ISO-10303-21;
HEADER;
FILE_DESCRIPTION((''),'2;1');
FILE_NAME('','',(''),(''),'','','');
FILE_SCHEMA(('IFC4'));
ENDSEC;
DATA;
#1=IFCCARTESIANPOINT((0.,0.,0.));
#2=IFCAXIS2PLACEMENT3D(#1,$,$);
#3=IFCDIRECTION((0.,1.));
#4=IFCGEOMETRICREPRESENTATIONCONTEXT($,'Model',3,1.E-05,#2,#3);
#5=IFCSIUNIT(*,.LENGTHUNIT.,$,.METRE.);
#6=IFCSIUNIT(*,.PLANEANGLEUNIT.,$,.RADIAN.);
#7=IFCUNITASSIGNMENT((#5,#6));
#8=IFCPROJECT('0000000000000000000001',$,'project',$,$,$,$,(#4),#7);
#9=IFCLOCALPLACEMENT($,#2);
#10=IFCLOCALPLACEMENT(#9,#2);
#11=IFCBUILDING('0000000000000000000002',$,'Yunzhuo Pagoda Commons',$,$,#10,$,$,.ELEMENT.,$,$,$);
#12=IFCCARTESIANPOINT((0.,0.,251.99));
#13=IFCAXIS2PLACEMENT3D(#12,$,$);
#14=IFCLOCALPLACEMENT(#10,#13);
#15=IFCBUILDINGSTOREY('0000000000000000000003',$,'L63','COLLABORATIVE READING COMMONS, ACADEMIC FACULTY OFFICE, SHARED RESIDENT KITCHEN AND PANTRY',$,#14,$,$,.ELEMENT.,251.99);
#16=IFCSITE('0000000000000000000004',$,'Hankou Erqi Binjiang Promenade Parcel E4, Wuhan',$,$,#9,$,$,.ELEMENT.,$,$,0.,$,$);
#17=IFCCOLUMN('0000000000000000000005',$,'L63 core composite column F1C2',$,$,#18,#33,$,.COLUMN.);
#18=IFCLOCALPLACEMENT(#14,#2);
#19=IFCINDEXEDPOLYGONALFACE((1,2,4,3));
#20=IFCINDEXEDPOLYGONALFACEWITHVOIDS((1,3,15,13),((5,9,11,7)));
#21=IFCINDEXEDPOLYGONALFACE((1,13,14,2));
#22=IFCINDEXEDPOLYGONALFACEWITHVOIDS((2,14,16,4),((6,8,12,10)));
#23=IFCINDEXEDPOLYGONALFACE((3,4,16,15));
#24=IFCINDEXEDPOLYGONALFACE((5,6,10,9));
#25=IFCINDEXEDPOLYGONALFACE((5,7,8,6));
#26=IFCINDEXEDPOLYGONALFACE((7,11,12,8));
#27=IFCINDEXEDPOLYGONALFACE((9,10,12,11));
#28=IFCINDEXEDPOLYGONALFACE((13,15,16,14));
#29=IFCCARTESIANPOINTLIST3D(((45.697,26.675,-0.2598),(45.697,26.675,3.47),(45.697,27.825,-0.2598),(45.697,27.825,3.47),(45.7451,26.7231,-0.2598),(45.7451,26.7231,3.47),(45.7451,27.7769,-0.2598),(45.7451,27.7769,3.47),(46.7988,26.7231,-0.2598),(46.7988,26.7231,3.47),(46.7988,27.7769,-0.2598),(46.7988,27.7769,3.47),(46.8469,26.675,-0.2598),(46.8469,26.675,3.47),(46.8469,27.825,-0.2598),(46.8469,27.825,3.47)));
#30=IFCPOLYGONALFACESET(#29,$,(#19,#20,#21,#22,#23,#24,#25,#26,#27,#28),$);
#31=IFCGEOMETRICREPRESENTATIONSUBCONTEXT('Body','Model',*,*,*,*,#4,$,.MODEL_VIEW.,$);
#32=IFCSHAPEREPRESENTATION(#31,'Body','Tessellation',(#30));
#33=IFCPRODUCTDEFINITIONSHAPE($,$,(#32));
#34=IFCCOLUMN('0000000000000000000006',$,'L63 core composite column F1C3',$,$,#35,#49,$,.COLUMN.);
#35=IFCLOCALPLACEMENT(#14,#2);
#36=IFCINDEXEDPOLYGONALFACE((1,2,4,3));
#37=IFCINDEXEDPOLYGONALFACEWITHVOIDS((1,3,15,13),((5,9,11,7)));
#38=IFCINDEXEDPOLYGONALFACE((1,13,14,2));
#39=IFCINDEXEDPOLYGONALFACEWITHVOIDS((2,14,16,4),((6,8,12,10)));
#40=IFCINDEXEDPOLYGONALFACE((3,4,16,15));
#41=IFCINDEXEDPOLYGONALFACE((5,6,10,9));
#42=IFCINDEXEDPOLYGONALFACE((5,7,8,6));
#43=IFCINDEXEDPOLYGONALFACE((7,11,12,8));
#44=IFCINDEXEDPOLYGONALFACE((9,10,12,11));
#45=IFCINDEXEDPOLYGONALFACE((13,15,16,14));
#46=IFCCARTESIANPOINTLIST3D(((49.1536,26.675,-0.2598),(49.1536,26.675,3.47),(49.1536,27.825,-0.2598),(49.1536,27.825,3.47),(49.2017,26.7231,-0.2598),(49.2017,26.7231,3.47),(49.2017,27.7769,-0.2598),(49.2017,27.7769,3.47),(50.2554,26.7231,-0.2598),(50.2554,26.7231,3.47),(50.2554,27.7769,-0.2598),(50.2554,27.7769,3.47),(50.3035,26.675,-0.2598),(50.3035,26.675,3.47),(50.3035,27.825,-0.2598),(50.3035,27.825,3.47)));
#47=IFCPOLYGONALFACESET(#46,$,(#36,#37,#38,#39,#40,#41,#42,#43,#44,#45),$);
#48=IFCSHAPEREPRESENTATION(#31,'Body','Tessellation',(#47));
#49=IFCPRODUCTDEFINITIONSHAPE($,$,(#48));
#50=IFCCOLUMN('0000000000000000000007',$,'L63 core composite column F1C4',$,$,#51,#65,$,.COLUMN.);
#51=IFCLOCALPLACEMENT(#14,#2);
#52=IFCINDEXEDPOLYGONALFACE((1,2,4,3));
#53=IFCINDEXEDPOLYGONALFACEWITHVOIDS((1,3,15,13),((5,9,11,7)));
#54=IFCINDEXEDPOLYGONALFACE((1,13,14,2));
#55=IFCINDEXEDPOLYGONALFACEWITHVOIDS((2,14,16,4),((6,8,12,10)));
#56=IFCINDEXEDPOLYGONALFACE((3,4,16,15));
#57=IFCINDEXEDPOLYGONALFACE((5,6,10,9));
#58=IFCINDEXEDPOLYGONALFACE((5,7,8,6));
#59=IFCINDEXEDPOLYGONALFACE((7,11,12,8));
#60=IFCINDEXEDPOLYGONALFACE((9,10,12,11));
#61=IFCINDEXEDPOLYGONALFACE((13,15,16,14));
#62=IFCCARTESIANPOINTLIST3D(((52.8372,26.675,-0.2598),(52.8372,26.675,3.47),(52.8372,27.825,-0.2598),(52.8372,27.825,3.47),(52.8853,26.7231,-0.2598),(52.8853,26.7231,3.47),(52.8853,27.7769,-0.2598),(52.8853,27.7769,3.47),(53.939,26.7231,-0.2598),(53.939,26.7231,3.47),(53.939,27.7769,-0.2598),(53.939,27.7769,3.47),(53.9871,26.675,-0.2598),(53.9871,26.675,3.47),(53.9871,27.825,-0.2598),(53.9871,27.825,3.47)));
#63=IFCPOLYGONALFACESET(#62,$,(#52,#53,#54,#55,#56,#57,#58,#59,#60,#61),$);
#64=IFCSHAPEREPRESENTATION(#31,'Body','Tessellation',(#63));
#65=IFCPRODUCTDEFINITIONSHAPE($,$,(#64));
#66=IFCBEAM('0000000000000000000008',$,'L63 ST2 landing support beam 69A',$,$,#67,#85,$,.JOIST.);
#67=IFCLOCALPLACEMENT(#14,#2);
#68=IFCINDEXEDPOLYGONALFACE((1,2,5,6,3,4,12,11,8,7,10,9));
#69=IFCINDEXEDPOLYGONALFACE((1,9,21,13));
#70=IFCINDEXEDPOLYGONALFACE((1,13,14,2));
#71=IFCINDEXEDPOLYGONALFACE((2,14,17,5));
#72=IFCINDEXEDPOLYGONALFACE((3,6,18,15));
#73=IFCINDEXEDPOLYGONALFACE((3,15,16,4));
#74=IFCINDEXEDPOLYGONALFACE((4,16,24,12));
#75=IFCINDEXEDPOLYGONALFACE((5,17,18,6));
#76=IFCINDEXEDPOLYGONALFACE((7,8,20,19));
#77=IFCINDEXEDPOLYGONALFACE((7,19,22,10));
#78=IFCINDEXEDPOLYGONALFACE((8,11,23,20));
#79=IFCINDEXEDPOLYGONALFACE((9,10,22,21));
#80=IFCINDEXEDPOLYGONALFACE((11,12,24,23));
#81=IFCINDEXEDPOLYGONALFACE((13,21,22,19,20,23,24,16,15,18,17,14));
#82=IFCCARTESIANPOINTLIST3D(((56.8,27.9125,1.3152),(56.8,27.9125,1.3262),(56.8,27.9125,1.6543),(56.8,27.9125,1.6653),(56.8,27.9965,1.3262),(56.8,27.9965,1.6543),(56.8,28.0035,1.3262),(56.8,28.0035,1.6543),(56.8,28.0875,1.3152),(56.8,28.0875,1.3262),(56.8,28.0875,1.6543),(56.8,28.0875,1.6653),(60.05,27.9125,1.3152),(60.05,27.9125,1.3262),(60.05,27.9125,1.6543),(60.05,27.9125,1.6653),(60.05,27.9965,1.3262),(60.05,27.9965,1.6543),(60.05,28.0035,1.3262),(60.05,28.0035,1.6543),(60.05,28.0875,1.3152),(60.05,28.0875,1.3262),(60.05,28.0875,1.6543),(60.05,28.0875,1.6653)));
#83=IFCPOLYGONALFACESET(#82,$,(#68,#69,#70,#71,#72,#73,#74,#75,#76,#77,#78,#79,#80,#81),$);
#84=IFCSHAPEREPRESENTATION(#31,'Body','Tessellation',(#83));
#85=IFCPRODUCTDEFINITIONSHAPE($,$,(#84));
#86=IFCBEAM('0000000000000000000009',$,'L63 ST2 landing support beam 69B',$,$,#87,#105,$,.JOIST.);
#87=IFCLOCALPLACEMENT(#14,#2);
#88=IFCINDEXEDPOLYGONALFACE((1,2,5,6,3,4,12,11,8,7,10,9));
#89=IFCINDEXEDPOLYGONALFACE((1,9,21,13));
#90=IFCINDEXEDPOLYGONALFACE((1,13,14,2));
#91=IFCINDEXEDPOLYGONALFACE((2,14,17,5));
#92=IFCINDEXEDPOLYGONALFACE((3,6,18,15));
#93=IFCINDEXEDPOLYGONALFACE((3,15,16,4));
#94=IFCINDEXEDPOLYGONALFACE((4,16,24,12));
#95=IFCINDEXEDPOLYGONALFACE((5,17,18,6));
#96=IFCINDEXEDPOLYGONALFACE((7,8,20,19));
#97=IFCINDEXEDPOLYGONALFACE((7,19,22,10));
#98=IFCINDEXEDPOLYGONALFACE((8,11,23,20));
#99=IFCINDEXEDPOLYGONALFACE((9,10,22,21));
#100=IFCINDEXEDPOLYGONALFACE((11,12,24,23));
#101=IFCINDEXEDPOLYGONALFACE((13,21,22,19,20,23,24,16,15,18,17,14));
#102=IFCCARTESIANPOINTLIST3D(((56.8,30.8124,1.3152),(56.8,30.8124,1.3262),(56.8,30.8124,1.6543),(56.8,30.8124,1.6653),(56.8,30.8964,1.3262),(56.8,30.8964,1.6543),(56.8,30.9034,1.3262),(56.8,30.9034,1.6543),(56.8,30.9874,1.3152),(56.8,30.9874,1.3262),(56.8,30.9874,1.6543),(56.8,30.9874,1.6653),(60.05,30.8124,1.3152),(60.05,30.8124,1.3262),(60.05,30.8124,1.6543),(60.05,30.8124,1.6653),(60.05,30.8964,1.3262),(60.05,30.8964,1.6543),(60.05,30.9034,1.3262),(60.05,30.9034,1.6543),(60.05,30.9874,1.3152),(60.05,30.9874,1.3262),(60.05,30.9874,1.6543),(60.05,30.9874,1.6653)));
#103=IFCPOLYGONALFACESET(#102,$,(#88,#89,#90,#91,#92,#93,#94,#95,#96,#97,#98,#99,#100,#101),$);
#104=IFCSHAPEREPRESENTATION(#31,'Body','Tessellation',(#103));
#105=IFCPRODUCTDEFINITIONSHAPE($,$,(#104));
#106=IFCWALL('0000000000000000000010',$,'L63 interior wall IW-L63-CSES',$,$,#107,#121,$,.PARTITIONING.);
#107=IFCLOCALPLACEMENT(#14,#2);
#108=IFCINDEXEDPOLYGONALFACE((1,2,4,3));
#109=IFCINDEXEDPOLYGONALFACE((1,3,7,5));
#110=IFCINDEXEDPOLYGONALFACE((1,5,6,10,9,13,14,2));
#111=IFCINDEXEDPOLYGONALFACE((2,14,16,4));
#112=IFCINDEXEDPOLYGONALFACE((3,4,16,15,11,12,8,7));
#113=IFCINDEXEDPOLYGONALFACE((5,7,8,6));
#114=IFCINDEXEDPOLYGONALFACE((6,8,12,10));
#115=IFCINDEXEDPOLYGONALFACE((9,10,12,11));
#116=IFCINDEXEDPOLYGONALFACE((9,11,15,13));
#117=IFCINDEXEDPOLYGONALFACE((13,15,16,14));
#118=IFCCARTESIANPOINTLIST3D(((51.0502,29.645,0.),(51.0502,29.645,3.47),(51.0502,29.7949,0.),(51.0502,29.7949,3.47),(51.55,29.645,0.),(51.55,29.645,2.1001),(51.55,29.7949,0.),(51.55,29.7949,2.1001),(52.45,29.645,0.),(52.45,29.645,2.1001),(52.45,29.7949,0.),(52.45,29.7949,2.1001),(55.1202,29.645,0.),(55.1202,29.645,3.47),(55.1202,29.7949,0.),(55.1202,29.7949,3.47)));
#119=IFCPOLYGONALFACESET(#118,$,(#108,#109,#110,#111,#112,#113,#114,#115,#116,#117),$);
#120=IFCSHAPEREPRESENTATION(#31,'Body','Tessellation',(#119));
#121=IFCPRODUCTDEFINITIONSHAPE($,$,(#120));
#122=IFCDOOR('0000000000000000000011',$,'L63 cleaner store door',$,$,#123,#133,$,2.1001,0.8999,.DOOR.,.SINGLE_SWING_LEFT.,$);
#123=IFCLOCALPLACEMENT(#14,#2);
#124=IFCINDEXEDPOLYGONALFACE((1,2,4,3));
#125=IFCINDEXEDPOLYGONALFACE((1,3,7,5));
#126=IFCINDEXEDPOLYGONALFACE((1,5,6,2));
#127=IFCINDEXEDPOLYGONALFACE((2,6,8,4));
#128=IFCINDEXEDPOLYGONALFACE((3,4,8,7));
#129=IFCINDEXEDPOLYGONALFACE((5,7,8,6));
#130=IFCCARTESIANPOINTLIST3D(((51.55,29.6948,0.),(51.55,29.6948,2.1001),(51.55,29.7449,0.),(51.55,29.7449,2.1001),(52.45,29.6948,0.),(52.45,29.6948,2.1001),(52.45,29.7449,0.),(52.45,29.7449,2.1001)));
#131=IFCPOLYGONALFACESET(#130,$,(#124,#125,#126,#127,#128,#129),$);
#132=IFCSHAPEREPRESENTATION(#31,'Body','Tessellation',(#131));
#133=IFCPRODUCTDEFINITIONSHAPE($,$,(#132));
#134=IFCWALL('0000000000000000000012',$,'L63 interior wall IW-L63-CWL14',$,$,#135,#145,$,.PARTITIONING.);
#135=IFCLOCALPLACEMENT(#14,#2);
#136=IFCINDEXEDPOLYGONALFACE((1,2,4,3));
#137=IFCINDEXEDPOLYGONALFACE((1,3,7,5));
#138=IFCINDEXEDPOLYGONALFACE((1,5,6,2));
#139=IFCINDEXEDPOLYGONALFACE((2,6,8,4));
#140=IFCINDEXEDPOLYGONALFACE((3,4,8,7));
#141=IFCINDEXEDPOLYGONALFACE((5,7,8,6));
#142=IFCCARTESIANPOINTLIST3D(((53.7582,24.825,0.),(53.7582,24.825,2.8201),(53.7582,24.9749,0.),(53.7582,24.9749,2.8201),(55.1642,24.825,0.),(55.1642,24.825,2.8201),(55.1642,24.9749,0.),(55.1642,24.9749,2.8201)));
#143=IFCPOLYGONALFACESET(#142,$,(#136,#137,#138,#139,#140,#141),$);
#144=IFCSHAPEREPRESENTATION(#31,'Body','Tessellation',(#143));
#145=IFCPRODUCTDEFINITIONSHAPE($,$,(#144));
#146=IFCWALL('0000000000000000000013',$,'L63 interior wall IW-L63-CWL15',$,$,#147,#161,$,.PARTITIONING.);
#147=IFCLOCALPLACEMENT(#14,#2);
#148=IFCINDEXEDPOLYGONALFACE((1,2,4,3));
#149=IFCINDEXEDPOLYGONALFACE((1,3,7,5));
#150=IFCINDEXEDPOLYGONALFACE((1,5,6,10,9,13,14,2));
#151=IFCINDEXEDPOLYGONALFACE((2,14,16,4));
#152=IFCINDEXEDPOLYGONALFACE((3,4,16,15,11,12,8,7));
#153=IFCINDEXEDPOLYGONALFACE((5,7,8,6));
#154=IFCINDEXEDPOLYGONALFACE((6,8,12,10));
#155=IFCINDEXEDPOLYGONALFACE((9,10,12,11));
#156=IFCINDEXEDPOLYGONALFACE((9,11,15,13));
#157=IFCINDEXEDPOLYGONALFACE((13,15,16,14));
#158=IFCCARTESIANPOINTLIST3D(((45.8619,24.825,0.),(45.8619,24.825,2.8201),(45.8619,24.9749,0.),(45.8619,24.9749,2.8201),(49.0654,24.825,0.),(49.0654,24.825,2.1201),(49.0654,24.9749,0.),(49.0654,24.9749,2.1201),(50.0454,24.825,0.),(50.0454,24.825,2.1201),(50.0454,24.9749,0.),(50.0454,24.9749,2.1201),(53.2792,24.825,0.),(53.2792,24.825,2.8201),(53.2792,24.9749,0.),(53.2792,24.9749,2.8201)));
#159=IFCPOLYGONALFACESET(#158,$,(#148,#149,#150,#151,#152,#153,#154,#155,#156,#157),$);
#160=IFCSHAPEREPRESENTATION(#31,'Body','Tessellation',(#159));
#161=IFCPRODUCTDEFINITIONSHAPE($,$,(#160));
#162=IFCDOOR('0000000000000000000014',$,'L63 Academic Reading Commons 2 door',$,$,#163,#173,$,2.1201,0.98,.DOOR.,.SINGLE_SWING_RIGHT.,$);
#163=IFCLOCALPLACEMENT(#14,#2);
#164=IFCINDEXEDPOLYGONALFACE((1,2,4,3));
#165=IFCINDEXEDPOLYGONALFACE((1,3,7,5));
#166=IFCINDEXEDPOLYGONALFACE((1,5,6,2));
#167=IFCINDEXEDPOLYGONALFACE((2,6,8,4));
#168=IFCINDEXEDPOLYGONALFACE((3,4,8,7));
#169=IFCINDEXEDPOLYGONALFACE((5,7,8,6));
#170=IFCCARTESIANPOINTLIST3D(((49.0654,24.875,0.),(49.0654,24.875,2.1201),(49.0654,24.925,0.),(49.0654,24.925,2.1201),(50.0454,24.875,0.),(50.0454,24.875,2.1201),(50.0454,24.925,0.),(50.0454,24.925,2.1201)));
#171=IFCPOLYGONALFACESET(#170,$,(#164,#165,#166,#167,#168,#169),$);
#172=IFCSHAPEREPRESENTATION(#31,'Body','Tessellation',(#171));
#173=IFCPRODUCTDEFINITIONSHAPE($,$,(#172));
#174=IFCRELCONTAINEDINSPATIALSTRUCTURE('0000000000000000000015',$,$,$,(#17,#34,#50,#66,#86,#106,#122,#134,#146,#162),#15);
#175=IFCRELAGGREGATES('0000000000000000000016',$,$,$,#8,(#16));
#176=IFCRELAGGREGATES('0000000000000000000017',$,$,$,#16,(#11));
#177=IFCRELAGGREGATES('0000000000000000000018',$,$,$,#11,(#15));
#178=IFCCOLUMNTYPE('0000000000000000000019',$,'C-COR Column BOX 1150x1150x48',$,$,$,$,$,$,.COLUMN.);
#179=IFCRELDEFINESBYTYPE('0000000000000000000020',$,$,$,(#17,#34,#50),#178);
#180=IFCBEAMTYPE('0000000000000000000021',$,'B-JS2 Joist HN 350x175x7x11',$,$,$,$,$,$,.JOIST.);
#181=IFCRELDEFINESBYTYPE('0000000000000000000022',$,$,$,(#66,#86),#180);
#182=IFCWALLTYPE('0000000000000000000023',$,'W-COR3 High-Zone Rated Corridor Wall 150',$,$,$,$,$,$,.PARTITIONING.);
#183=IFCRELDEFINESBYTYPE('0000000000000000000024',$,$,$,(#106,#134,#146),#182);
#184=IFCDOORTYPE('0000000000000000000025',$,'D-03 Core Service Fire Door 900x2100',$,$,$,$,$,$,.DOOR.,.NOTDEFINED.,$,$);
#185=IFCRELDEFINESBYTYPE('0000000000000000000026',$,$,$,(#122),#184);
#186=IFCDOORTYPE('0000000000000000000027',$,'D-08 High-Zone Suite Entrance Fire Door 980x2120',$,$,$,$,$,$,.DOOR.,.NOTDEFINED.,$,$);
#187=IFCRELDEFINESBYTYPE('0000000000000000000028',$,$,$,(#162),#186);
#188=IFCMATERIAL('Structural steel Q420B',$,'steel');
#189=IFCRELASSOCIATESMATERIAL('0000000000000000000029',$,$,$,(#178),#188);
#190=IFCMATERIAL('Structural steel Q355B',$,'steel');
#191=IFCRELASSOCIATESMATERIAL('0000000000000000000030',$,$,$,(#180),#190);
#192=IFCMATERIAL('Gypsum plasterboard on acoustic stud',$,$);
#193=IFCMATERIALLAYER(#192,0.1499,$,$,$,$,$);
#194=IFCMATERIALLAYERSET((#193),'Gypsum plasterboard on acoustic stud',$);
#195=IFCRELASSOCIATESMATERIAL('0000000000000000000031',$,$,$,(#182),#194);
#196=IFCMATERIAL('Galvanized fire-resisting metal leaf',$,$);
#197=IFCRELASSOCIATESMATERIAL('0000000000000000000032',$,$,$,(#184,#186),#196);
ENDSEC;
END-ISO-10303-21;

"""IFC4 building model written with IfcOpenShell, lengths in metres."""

from ifc_helpers import new_model, si_unit, direction, frame, frame_2d, origin, origin_with_axes, origin_2d, place, context, subcontext, project, spatial, rectangle, hollow_rectangle, i_section, extrude, source, transform, mapped, material, layer, layer_set, material_profile, profile_set, type_object, element, fill, save


model = new_model("IFC4")

# Units and contexts
model_context = context("Model", 3, precision=1e-05, world=origin(), true_north=direction((0.0, 1.0)))
body_context = subcontext(model_context, "Body", "Model", "MODEL_VIEW")
ifc_project = project(units=[si_unit("LENGTHUNIT", "METRE"), si_unit("PLANEANGLEUNIT", "RADIAN")], contexts=[model_context])

# Site, building, storey
site_placement = place(None, origin())
site = spatial("IfcSite", under=ifc_project, at=site_placement, Name="Hankou Erqi Binjiang Promenade Parcel E4, Wuhan", CompositionType="ELEMENT", RefElevation=0.0)
building_placement = place(site_placement, origin())
building = spatial("IfcBuilding", under=site, at=building_placement, Name="Yunzhuo Pagoda Commons", CompositionType="ELEMENT")
storey_placement = place(building_placement, frame((0.0, 0.0, 251.99)))
storey = spatial("IfcBuildingStorey", under=building, at=storey_placement, Name="L63", Description="COLLABORATIVE READING COMMONS, ACADEMIC FACULTY OFFICE, SHARED RESIDENT KITCHEN AND PANTRY", CompositionType="ELEMENT", Elevation=251.99)

# Columns
ifc_material_1 = material(Name="Structural steel Q420B", Category="steel")
ifc_material_profile_1 = material_profile(ifc_material_1, hollow_rectangle(XDim=1.1499, YDim=1.1499, WallThickness=0.0481, at=origin_2d()), Name="Structural steel Q420B")
ifc_profile_set_1 = profile_set([ifc_material_profile_1], Name="Structural steel Q420B")
column_type = type_object("IfcColumnType", Name="C-COR Column BOX 1150x1150x48", PredefinedType="COLUMN", material=ifc_profile_set_1)
shared_shape_1 = source(origin(), body_context, "Body", "SweptSolid", [
    extrude(hollow_rectangle(XDim=1.1499, YDim=1.1499, WallThickness=0.0481, at=origin_2d()), origin(), (0.0, 0.0, 1.0), 3.7297),
])
for number, where, z_axis, x_axis, name in (
    (1, (46.272, 27.25, -0.2598), (0.0, 0.0, 1.0), (1.0, 0.0, 0.0), "L63 core composite column F1C2"),
    (2, (49.7285, 27.25, -0.2598), (0.0, 0.0, 1.0), (1.0, 0.0, 0.0), "L63 core composite column F1C3"),
    (3, (53.4121, 27.25, -0.2598), (0.0, 0.0, 1.0), (1.0, 0.0, 0.0), "L63 core composite column F1C4"),
):
    element("IfcColumn", number, at=place(storey_placement, frame(where, z_axis=z_axis, x_axis=x_axis)), inside=storey, type_object=column_type, Name=name, PredefinedType="COLUMN", context=body_context, shape_type="MappedRepresentation", body=[
        mapped(shared_shape_1, transform((0.0, 0.0, 0.0), scale=1.0)),
    ])

# Beams
ifc_material_2 = material(Name="Structural steel Q355B", Category="steel")
ifc_material_profile_2 = material_profile(ifc_material_2, i_section(OverallWidth=0.175, OverallDepth=0.3501, WebThickness=0.0071, FlangeThickness=0.011, at=origin_2d()), Name="Structural steel Q355B")
ifc_profile_set_2 = profile_set([ifc_material_profile_2], Name="Structural steel Q355B")
beam_type = type_object("IfcBeamType", Name="B-JS2 Joist HN 350x175x7x11", PredefinedType="JOIST", material=ifc_profile_set_2)
shared_shape_2 = source(origin(), body_context, "Body", "SweptSolid", [
    extrude(i_section(OverallWidth=0.175, OverallDepth=0.3501, WebThickness=0.0071, FlangeThickness=0.011, at=origin_2d()), origin(), (0.0, 0.0, 1.0), 3.25),
])
for number, where, z_axis, x_axis, name in (
    (4, (56.8, 28.0, 1.4902), (1.0, 0.0, 0.0), (0.0, 1.0, 0.0), "L63 ST2 landing support beam 69A"),
    (5, (56.8, 30.8999, 1.4902), (1.0, 0.0, 0.0), (0.0, 1.0, 0.0), "L63 ST2 landing support beam 69B"),
):
    element("IfcBeam", number, at=place(storey_placement, frame(where, z_axis=z_axis, x_axis=x_axis)), inside=storey, type_object=beam_type, Name=name, PredefinedType="JOIST", context=body_context, shape_type="MappedRepresentation", body=[
        mapped(shared_shape_2, transform((0.0, 0.0, 0.0), scale=1.0)),
    ])

# Wall, opening, door
ifc_material_3 = material(Name="Gypsum plasterboard on acoustic stud")
ifc_layer_1 = layer(ifc_material_3, 0.1499)
ifc_layer_set_1 = layer_set([ifc_layer_1], Name="Gypsum plasterboard on acoustic stud")
wall_type_1 = type_object("IfcWallType", Name="W-COR3 High-Zone Rated Corridor Wall 150", PredefinedType="PARTITIONING", material=ifc_layer_set_1)
wall_1_placement = place(storey_placement, frame((51.05, 29.72, 0.0), z_axis=(0.0, 0.0, 1.0), x_axis=(1.0, 0.0, 0.0)))
wall_1 = element("IfcWall", 6, at=wall_1_placement, inside=storey, type_object=wall_type_1, Name="L63 interior wall IW-L63-CSES", PredefinedType="PARTITIONING", context=body_context, shape_type="SweptSolid", body=[
    extrude(rectangle(XDim=4.0701, YDim=0.1499, at=frame_2d((2.0352, 0.0))), origin(), (0.0, 0.0, 1.0), 3.47),
])
opening_1_placement = place(wall_1_placement, frame((0.5, 0.0, 0.0)))
opening_1 = element("IfcOpeningElement", 7, at=opening_1_placement, cuts=wall_1, PredefinedType="OPENING", context=body_context, shape_type="SweptSolid", body=[
    extrude(rectangle(XDim=0.8999, YDim=2.1001, at=frame_2d((0.45, 1.05))), frame((0.0, 0.085, 0.0), z_axis=(0.0, -1.0, 0.0), x_axis=(1.0, 0.0, 0.0)), (0.0, 0.0, 1.0), 0.1699),
])
ifc_material_4 = material(Name="Galvanized fire-resisting metal leaf")
door_type_1 = type_object("IfcDoorType", Name="D-03 Core Service Fire Door 900x2100", OperationType="NOTDEFINED", PredefinedType="DOOR", material=ifc_material_4)
shared_shape_3 = source(origin(), body_context, "Body", "SweptSolid", [
    extrude(rectangle(XDim=0.8999, YDim=2.1001, at=frame_2d((0.45, 1.05))), frame((0.0, 0.0249, 0.0), z_axis=(0.0, -1.0, 0.0), x_axis=(1.0, 0.0, 0.0)), (0.0, 0.0, 1.0), 0.05),
])
door_1_placement = place(opening_1_placement, origin_with_axes())
door_1 = element("IfcDoor", 8, at=door_1_placement, inside=storey, type_object=door_type_1, Name="L63 cleaner store door", OperationType="SINGLE_SWING_LEFT", OverallHeight=2.1001, OverallWidth=0.8999, PredefinedType="DOOR", context=body_context, shape_type="MappedRepresentation", body=[
    mapped(shared_shape_3, transform((0.0, 0.0, 0.0), scale=1.0)),
])
fill(opening_1, door_1)

# Wall
wall_2_placement = place(storey_placement, frame((55.1643, 24.8999, 0.0), z_axis=(0.0, 0.0, 1.0), x_axis=(-1.0, 0.0, 0.0)))
element("IfcWall", 9, at=wall_2_placement, inside=storey, type_object=wall_type_1, Name="L63 interior wall IW-L63-CWL14", PredefinedType="PARTITIONING", context=body_context, shape_type="SweptSolid", body=[
    extrude(rectangle(XDim=1.406, YDim=0.1499, at=frame_2d((0.7031, 0.0))), origin(), (0.0, 0.0, 1.0), 2.8201),
])

# Wall, opening, door
wall_3_placement = place(storey_placement, frame((53.2791, 24.8999, 0.0), z_axis=(0.0, 0.0, 1.0), x_axis=(-1.0, 0.0, 0.0)))
wall_3 = element("IfcWall", 10, at=wall_3_placement, inside=storey, type_object=wall_type_1, Name="L63 interior wall IW-L63-CWL15", PredefinedType="PARTITIONING", context=body_context, shape_type="SweptSolid", body=[
    extrude(rectangle(XDim=7.4172, YDim=0.1499, at=frame_2d((3.7085, 0.0))), origin(), (0.0, 0.0, 1.0), 2.8201),
])
opening_2_placement = place(wall_3_placement, frame((3.2336, 0.0, 0.0)))
opening_2 = element("IfcOpeningElement", 11, at=opening_2_placement, cuts=wall_3, PredefinedType="OPENING", context=body_context, shape_type="SweptSolid", body=[
    extrude(rectangle(XDim=0.98, YDim=2.1201, at=frame_2d((0.49, 1.0601))), frame((0.0, 0.085, 0.0), z_axis=(0.0, -1.0, 0.0), x_axis=(1.0, 0.0, 0.0)), (0.0, 0.0, 1.0), 0.1699),
])
door_type_2 = type_object("IfcDoorType", Name="D-08 High-Zone Suite Entrance Fire Door 980x2120", OperationType="NOTDEFINED", PredefinedType="DOOR", material=ifc_material_4)
shared_shape_4 = source(origin(), body_context, "Body", "SweptSolid", [
    extrude(rectangle(XDim=0.98, YDim=2.1201, at=frame_2d((0.49, 1.0601))), frame((0.0, 0.0249, 0.0), z_axis=(0.0, -1.0, 0.0), x_axis=(1.0, 0.0, 0.0)), (0.0, 0.0, 1.0), 0.05),
])
door_2_placement = place(opening_2_placement, origin_with_axes())
door_2 = element("IfcDoor", 12, at=door_2_placement, inside=storey, type_object=door_type_2, Name="L63 Academic Reading Commons 2 door", OperationType="SINGLE_SWING_RIGHT", OverallHeight=2.1201, OverallWidth=0.98, PredefinedType="DOOR", context=body_context, shape_type="MappedRepresentation", body=[
    mapped(shared_shape_4, transform((0.0, 0.0, 0.0), scale=1.0)),
])
fill(opening_2, door_2)

save(model, "model.ifc")
